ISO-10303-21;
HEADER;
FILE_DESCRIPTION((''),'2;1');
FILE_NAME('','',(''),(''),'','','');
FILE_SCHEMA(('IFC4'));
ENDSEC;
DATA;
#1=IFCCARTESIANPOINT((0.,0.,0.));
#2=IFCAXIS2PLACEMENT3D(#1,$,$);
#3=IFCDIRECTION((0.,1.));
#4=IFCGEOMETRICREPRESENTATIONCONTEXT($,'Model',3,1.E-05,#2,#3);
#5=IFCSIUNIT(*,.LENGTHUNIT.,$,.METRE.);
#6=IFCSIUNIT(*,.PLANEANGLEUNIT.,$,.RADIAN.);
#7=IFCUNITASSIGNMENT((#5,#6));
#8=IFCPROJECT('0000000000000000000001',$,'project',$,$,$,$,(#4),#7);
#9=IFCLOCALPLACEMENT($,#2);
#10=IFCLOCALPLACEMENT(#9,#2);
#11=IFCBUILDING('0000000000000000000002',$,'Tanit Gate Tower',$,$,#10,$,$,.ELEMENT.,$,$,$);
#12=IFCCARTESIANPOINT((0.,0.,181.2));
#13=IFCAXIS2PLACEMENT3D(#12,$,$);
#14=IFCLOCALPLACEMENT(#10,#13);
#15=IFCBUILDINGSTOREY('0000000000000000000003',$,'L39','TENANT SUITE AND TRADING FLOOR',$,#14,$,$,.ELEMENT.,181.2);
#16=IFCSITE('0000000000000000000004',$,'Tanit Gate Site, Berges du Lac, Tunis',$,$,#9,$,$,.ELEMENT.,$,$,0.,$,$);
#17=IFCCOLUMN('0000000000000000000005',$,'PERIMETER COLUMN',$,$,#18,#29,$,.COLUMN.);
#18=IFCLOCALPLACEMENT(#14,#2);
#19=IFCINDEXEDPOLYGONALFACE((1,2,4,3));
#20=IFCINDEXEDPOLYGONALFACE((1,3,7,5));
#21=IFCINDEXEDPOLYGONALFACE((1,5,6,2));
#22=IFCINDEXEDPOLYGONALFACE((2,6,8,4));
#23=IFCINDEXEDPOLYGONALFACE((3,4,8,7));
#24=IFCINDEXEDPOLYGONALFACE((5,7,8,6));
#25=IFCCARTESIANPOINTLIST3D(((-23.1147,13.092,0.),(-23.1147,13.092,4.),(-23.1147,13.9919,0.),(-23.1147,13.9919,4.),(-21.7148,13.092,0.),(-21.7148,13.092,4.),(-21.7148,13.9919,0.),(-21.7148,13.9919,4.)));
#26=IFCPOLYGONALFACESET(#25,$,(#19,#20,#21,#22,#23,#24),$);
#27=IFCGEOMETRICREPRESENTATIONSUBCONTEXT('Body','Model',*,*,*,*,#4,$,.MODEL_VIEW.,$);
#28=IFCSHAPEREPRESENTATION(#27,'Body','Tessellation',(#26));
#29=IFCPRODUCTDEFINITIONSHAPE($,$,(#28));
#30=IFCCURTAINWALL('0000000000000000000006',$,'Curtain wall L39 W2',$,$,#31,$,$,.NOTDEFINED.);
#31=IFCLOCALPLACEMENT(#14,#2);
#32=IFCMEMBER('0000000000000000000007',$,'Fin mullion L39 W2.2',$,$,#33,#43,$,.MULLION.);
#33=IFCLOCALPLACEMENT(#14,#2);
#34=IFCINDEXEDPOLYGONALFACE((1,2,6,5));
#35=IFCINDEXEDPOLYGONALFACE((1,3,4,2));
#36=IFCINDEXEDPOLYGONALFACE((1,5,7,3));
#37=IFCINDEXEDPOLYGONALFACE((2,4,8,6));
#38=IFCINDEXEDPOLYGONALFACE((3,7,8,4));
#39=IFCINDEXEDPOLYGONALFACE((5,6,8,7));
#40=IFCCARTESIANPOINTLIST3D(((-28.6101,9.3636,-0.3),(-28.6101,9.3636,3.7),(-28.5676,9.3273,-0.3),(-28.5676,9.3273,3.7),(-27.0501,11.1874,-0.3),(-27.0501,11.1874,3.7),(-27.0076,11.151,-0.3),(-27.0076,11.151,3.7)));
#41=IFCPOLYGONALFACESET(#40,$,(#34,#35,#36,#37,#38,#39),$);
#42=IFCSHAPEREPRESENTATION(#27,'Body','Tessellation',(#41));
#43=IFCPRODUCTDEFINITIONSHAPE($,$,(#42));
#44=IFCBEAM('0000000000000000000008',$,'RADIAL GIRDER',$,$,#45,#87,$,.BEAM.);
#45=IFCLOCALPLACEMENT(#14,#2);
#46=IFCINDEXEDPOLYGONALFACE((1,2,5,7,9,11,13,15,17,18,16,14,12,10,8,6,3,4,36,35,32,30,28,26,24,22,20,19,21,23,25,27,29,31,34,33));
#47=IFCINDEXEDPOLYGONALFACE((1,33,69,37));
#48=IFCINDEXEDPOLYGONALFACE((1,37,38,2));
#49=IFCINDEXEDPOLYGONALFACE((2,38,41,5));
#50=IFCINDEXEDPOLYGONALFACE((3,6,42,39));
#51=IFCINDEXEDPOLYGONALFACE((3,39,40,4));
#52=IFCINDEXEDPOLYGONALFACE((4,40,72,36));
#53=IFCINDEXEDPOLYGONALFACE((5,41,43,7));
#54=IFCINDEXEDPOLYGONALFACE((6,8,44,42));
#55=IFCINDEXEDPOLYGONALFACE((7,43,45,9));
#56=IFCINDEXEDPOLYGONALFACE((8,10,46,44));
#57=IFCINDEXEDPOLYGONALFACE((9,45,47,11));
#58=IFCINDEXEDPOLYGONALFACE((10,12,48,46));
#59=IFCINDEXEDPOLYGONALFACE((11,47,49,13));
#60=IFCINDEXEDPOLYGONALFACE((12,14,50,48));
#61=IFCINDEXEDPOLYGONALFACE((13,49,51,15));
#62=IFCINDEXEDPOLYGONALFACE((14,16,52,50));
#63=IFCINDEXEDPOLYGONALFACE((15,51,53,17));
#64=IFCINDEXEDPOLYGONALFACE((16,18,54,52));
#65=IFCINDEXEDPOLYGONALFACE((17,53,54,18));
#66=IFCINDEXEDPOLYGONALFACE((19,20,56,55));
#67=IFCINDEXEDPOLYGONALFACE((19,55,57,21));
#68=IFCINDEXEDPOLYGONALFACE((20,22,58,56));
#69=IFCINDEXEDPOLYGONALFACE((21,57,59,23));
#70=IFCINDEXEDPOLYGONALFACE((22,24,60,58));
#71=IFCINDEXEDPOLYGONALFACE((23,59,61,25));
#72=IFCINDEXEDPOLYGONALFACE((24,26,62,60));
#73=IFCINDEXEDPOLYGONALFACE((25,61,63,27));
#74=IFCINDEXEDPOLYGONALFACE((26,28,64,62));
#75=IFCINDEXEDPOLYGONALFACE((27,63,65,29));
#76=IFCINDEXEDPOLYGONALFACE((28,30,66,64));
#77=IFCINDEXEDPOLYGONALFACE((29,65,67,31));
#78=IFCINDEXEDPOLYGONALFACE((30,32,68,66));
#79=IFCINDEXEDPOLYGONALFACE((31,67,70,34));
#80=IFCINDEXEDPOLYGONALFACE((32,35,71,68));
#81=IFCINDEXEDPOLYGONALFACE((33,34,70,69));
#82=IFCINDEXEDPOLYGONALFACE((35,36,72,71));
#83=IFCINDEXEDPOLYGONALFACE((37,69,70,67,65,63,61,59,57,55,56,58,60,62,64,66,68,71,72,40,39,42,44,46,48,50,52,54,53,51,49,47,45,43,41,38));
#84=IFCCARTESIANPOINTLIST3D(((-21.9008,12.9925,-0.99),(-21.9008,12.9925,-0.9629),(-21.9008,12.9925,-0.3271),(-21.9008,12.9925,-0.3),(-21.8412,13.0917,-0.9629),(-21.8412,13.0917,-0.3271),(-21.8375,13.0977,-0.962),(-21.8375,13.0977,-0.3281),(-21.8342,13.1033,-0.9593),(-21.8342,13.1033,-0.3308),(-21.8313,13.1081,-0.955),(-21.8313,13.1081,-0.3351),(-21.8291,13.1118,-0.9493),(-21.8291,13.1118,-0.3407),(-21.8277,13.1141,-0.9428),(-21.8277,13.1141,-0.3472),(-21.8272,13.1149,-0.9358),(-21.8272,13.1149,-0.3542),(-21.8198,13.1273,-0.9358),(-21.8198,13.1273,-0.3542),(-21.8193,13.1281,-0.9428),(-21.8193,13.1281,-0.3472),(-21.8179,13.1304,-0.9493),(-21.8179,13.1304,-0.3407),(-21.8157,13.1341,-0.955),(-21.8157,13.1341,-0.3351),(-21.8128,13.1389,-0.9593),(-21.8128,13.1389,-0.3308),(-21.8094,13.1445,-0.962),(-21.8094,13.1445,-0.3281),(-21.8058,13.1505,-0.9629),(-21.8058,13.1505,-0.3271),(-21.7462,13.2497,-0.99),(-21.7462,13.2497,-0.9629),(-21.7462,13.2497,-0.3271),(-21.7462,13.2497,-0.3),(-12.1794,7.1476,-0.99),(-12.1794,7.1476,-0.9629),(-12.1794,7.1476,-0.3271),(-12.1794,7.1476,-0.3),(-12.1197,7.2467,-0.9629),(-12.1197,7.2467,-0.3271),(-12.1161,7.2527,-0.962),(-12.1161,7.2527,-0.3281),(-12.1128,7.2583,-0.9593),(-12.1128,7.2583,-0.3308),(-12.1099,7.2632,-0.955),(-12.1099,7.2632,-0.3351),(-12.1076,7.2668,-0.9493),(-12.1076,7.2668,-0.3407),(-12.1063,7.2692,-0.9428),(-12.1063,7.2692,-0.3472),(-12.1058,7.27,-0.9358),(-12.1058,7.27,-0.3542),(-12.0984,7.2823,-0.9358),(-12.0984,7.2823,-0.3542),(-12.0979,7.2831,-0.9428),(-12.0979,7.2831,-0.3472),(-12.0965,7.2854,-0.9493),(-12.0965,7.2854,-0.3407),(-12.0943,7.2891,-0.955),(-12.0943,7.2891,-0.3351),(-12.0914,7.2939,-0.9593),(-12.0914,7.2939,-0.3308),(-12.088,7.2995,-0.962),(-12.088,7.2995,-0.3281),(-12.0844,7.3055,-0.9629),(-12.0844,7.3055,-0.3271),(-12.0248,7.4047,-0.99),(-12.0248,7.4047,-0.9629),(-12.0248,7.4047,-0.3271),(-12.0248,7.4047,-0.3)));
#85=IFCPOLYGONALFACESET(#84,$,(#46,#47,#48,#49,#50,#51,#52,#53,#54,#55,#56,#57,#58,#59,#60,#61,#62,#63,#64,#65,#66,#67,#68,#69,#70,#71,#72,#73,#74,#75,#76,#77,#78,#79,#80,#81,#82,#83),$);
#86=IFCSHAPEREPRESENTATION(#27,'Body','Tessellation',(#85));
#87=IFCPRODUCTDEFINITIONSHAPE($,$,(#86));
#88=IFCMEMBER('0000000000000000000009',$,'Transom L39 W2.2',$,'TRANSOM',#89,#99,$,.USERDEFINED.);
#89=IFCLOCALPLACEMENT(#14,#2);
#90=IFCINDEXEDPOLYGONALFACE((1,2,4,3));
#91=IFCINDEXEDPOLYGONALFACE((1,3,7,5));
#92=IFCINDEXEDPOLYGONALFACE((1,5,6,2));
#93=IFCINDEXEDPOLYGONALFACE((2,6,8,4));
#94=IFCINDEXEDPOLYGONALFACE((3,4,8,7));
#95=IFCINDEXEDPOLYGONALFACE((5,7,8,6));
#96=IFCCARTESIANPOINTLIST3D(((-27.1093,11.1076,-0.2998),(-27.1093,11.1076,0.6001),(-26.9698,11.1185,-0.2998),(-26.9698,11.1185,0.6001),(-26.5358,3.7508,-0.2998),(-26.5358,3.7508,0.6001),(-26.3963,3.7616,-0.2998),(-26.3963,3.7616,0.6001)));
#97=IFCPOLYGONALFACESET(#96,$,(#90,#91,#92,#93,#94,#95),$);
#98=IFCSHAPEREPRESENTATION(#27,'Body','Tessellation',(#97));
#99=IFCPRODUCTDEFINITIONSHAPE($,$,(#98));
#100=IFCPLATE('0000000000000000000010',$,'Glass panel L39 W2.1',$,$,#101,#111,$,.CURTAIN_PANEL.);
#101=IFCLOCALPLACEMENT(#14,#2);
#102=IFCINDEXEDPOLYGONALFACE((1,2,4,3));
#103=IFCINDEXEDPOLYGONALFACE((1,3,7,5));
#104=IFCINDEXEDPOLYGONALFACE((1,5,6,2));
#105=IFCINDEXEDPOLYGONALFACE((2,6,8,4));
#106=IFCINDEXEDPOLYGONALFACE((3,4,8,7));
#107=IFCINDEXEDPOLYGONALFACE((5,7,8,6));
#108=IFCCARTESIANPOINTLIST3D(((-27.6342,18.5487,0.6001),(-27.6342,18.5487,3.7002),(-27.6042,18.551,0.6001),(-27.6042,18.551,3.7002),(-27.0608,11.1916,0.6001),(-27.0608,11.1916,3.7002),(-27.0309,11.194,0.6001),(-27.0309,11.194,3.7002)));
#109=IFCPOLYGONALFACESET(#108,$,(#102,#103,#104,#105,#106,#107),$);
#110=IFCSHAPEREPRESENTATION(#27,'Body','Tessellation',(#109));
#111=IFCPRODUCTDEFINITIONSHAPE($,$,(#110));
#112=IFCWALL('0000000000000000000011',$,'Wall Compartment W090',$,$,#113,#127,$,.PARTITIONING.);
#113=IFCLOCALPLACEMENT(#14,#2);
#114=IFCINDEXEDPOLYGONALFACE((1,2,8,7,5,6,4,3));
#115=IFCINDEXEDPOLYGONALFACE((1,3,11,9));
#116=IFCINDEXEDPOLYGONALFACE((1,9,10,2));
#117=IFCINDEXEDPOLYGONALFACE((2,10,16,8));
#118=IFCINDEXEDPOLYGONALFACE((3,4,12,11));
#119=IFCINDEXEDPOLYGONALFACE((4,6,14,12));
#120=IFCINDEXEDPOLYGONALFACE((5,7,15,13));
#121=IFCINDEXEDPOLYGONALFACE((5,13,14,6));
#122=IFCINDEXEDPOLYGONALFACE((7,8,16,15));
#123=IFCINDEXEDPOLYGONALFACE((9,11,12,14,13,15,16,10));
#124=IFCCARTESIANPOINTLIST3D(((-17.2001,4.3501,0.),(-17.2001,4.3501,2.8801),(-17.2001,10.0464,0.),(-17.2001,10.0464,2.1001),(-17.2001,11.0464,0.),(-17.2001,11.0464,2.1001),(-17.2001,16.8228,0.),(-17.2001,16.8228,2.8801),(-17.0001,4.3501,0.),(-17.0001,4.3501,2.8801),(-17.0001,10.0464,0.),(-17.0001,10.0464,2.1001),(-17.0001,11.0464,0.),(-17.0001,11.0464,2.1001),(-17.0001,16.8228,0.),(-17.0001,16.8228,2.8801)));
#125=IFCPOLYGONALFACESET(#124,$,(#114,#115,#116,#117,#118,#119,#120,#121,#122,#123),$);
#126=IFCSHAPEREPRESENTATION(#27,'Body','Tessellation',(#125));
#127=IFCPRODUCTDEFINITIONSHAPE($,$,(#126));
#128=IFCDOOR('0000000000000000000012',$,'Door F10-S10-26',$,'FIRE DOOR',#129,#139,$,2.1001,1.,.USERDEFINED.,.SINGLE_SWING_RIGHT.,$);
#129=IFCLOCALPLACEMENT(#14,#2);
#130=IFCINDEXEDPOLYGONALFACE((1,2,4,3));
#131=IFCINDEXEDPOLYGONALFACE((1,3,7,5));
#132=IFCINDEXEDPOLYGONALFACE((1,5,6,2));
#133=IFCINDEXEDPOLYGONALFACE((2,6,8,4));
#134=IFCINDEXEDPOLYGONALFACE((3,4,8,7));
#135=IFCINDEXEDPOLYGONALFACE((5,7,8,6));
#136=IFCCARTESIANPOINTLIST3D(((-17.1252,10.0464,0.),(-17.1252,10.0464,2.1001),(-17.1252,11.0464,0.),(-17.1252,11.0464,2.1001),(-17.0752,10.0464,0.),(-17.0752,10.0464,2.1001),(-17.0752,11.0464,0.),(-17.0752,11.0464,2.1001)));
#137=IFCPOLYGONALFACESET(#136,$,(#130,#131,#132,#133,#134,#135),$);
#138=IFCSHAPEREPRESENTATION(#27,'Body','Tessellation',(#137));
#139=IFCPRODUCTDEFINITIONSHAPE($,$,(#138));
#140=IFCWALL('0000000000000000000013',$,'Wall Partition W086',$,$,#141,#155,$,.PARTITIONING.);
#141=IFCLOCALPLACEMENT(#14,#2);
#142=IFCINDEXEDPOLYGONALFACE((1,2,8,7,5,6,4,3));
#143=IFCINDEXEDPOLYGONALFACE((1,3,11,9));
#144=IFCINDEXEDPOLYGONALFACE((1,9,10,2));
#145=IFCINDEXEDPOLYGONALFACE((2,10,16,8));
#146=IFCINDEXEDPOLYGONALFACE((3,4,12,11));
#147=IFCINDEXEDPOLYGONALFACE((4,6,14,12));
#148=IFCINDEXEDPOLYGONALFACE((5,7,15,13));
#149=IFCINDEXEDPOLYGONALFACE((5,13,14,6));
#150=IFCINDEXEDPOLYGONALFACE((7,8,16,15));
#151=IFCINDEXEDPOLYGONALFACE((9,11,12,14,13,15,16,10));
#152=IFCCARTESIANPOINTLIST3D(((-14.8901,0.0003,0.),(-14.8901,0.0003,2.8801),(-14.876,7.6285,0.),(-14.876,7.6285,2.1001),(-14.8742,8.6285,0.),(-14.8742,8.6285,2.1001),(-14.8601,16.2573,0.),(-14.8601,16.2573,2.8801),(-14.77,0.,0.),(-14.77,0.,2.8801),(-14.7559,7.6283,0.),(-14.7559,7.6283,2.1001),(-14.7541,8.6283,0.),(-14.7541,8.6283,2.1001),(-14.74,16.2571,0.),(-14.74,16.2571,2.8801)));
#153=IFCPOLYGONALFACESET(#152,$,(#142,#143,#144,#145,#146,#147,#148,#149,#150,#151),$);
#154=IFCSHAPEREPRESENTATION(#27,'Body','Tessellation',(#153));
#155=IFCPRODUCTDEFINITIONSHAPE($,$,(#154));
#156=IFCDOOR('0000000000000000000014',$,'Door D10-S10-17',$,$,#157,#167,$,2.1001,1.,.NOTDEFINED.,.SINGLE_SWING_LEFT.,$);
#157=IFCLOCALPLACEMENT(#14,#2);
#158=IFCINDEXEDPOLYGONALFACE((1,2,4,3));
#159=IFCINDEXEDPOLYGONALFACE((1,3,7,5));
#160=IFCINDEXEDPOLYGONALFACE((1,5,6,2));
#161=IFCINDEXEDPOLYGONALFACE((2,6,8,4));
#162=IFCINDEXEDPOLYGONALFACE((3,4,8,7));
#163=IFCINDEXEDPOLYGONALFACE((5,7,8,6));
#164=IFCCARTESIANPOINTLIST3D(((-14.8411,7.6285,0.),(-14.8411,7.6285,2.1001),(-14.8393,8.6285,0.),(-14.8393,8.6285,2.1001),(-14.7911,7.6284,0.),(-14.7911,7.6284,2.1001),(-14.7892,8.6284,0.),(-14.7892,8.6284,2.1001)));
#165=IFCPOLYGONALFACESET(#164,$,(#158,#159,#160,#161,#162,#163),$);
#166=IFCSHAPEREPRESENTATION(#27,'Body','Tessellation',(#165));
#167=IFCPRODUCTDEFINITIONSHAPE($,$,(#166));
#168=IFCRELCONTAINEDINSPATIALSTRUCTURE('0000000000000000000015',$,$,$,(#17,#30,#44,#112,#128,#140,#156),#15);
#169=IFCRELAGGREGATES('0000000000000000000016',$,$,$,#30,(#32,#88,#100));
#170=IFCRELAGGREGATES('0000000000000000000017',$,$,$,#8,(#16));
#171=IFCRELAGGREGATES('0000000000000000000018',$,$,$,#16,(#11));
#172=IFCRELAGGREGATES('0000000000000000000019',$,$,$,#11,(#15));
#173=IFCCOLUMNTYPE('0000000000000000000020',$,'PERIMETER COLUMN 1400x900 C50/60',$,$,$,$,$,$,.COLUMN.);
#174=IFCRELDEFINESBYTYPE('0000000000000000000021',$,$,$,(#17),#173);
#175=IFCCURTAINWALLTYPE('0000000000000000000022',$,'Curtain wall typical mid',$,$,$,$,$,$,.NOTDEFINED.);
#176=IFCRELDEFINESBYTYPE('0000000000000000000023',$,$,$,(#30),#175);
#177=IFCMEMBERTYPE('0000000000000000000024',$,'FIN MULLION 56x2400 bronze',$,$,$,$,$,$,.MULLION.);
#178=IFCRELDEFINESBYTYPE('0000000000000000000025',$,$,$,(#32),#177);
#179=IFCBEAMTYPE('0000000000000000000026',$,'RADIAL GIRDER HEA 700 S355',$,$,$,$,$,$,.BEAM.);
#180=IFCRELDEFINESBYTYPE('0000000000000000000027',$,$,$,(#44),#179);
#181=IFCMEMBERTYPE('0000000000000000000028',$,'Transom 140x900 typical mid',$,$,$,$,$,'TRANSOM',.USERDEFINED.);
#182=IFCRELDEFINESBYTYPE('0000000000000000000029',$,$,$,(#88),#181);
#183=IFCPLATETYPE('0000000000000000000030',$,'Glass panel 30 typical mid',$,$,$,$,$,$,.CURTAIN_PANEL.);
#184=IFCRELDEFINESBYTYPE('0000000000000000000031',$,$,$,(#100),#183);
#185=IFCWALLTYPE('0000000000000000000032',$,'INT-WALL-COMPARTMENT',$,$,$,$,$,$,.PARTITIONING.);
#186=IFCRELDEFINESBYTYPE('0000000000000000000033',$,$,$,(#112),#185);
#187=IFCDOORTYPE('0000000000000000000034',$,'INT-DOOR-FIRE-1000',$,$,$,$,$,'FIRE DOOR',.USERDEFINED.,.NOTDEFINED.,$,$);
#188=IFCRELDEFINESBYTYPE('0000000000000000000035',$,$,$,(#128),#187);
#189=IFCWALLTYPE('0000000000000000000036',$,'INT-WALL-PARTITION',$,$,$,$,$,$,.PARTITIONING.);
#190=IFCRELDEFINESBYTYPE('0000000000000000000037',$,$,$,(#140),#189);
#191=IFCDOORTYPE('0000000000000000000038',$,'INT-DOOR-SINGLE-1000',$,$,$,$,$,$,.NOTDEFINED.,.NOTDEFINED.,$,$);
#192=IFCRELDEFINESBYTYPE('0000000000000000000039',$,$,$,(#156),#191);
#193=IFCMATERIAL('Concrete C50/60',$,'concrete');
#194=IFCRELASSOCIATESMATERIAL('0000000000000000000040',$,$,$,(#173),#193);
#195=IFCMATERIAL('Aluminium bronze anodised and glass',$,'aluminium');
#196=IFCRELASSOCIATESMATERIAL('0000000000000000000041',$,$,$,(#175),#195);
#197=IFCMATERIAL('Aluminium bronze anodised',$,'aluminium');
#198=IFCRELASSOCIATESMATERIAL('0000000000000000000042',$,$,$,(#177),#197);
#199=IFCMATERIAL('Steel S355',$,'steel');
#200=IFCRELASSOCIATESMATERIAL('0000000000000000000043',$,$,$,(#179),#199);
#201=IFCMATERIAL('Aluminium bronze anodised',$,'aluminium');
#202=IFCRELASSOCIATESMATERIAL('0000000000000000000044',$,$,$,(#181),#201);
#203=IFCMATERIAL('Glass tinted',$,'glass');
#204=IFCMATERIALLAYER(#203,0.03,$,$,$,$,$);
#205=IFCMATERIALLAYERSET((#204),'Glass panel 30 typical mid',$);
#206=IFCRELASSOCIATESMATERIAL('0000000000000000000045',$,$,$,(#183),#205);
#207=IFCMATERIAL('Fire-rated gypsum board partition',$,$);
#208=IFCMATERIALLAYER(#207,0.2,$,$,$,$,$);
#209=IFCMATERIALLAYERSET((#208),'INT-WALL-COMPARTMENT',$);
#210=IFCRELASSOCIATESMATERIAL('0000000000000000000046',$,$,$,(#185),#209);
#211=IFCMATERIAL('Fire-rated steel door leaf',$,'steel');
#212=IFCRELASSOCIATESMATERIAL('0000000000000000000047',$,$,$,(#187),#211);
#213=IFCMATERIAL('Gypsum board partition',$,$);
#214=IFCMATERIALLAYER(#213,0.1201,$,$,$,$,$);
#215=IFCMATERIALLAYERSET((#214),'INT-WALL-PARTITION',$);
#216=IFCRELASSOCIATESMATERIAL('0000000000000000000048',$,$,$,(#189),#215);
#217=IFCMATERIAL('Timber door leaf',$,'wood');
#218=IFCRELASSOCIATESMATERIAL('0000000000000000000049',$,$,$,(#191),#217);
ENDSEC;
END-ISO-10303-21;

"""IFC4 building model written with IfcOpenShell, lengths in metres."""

from ifc_helpers import new_model, si_unit, direction, frame, frame_2d, origin, origin_2d, place, context, subcontext, project, spatial, rectangle, i_section, extrude, material, layer, layer_set, material_profile, profile_set, type_object, element, fill, aggregate, save


model = new_model("IFC4")

# Units and contexts
model_context = context("Model", 3, precision=1e-05, world=origin(), true_north=direction((0.0, 1.0)))
body_context = subcontext(model_context, "Body", "Model", "MODEL_VIEW")
ifc_project = project(units=[si_unit("LENGTHUNIT", "METRE"), si_unit("PLANEANGLEUNIT", "RADIAN")], contexts=[model_context])

# Site, building, storey
site_placement = place(None, origin())
site = spatial("IfcSite", under=ifc_project, at=site_placement, Name="Tanit Gate Site, Berges du Lac, Tunis", CompositionType="ELEMENT", RefElevation=0.0)
building_placement = place(site_placement, origin())
building = spatial("IfcBuilding", under=site, at=building_placement, Name="Tanit Gate Tower", CompositionType="ELEMENT")
storey_placement = place(building_placement, frame((0.0, 0.0, 181.2)))
storey = spatial("IfcBuildingStorey", under=building, at=storey_placement, Name="L39", Description="TENANT SUITE AND TRADING FLOOR", CompositionType="ELEMENT", Elevation=181.2)

# Column
ifc_material_1 = material(Name="Concrete C50/60", Category="concrete")
ifc_material_profile_1 = material_profile(ifc_material_1, rectangle(XDim=1.3999, YDim=0.8999, at=origin_2d()), Name="RC 1400x900")
ifc_profile_set_1 = profile_set([ifc_material_profile_1], Name="Concrete C50/60")
column_type = type_object("IfcColumnType", Name="PERIMETER COLUMN 1400x900 C50/60", PredefinedType="COLUMN", material=ifc_profile_set_1)
column_placement = place(storey_placement, frame((-22.4148, 13.542, 0.0), z_axis=(0.0, 0.0, 1.0), x_axis=(-1.0, 0.0, 0.0)))
element("IfcColumn", 1, at=column_placement, inside=storey, type_object=column_type, Name="PERIMETER COLUMN", PredefinedType="COLUMN", context=body_context, shape_type="SweptSolid", body=[
    extrude(rectangle(XDim=1.3999, YDim=0.8999, at=origin_2d()), origin(), (0.0, 0.0, 1.0), 4.0),
])

# Curtain wall, member
ifc_material_2 = material(Name="Aluminium bronze anodised and glass", Category="aluminium")
curtain_wall_type = type_object("IfcCurtainWallType", Name="Curtain wall typical mid", PredefinedType="NOTDEFINED", material=ifc_material_2)
curtain_wall_placement = place(storey_placement, origin())
curtain_wall = element("IfcCurtainWall", 2, at=curtain_wall_placement, inside=storey, type_object=curtain_wall_type, Name="Curtain wall L39 W2", PredefinedType="NOTDEFINED")
ifc_material_3 = material(Name="Aluminium bronze anodised", Category="aluminium")
ifc_material_profile_2 = material_profile(ifc_material_3, rectangle(XDim=2.3999, YDim=0.0559, at=origin_2d()), Name="56x2400 bronze fin mullion")
ifc_profile_set_2 = profile_set([ifc_material_profile_2], Name="Aluminium bronze anodised")
member_type_1 = type_object("IfcMemberType", Name="FIN MULLION 56x2400 bronze", PredefinedType="MULLION", material=ifc_profile_set_2)
member_1_placement = place(storey_placement, frame((-27.8088, 10.2573, -0.3), z_axis=(0.0, 0.0, 1.0), x_axis=(0.650026, 0.759912, 0.0)))
member_1 = element("IfcMember", 3, at=member_1_placement, type_object=member_type_1, Name="Fin mullion L39 W2.2", PredefinedType="MULLION", context=body_context, shape_type="SweptSolid", body=[
    extrude(rectangle(XDim=2.3999, YDim=0.0559, at=origin_2d()), origin(), (0.0, 0.0, 1.0), 4.0),
])

# Beam
ifc_material_4 = material(Name="Steel S355", Category="steel")
ifc_material_profile_3 = material_profile(ifc_material_4, i_section(OverallWidth=0.3, OverallDepth=0.6899, WebThickness=0.0144, FlangeThickness=0.0271, FilletRadius=0.0271, at=origin_2d()), Name="HEA 700")
ifc_profile_set_3 = profile_set([ifc_material_profile_3], Name="Steel S355")
beam_type = type_object("IfcBeamType", Name="RADIAL GIRDER HEA 700 S355", PredefinedType="BEAM", material=ifc_profile_set_3)
beam_placement = place(storey_placement, frame((-21.8235, 13.1211, -0.645), z_axis=(0.857022, -0.51528, 0.0), x_axis=(0.51528, 0.857022, 0.0)))
element("IfcBeam", 4, at=beam_placement, inside=storey, type_object=beam_type, Name="RADIAL GIRDER", PredefinedType="BEAM", context=body_context, shape_type="SweptSolid", body=[
    extrude(i_section(OverallWidth=0.3, OverallDepth=0.6899, WebThickness=0.0144, FlangeThickness=0.0271, FilletRadius=0.0271, at=origin_2d()), origin(), (0.0, 0.0, 1.0), 11.3433),
])

# Member
ifc_material_5 = material(Name="Aluminium bronze anodised", Category="aluminium")
ifc_material_profile_4 = material_profile(ifc_material_5, rectangle(XDim=0.1399, YDim=0.8999, at=origin_2d()), Name="140x900 bronze transom")
ifc_profile_set_4 = profile_set([ifc_material_profile_4], Name="Aluminium bronze anodised")
member_type_2 = type_object("IfcMemberType", Name="Transom 140x900 typical mid", ElementType="TRANSOM", PredefinedType="USERDEFINED", material=ifc_profile_set_4)
member_2_placement = place(storey_placement, frame((-27.0396, 11.113, 0.1501), z_axis=(0.077716, -0.996976, 0.0), x_axis=(0.996976, 0.077716, 0.0)))
member_2 = element("IfcMember", 5, at=member_2_placement, type_object=member_type_2, Name="Transom L39 W2.2", ObjectType="TRANSOM", PredefinedType="USERDEFINED", context=body_context, shape_type="SweptSolid", body=[
    extrude(rectangle(XDim=0.1399, YDim=0.8999, at=origin_2d()), origin(), (0.0, 0.0, 1.0), 7.3792),
])

# Plate
ifc_material_6 = material(Name="Glass tinted", Category="glass")
ifc_layer_1 = layer(ifc_material_6, 0.03)
ifc_layer_set_1 = layer_set([ifc_layer_1], Name="Glass panel 30 typical mid")
plate_type = type_object("IfcPlateType", Name="Glass panel 30 typical mid", PredefinedType="CURTAIN_PANEL", material=ifc_layer_set_1)
plate_placement = place(storey_placement, frame((-27.3325, 14.8713, 0.6001), z_axis=(0.0, 0.0, 1.0), x_axis=(0.077701, -0.996977, 0.0)))
plate = element("IfcPlate", 6, at=plate_placement, type_object=plate_type, Name="Glass panel L39 W2.1", PredefinedType="CURTAIN_PANEL", context=body_context, shape_type="SweptSolid", body=[
    extrude(rectangle(XDim=7.3794, YDim=0.03, at=origin_2d()), origin(), (0.0, 0.0, 1.0), 3.1001),
])
aggregate(curtain_wall, [member_1, member_2, plate])

# Walls, openings, doors
ifc_material_7 = material(Name="Fire-rated gypsum board partition")
ifc_layer_2 = layer(ifc_material_7, 0.2)
ifc_layer_set_2 = layer_set([ifc_layer_2], Name="INT-WALL-COMPARTMENT")
wall_type_1 = type_object("IfcWallType", Name="INT-WALL-COMPARTMENT", PredefinedType="PARTITIONING", material=ifc_layer_set_2)
wall_1_placement = place(storey_placement, frame((-17.1001, 16.8228, 0.0), z_axis=(0.0, 0.0, 1.0), x_axis=(0.0, -1.0, 0.0)))
wall_1 = element("IfcWall", 7, at=wall_1_placement, inside=storey, type_object=wall_type_1, Name="Wall Compartment W090", PredefinedType="PARTITIONING", context=body_context, shape_type="SweptSolid", body=[
    extrude(rectangle(XDim=12.4727, YDim=0.2, at=frame_2d((6.2363, 0.0))), origin(), (0.0, 0.0, 1.0), 2.8801),
])
opening_1_placement = place(wall_1_placement, frame((5.7764, 0.0, 0.0)))
opening_1 = element("IfcOpeningElement", 8, at=opening_1_placement, cuts=wall_1, PredefinedType="OPENING", context=body_context, shape_type="SweptSolid", body=[
    extrude(rectangle(XDim=1.0, YDim=2.1001, at=frame_2d((0.5, 1.05))), frame((0.0, 0.1099, 0.0), z_axis=(0.0, -1.0, 0.0), x_axis=(1.0, 0.0, 0.0)), (0.0, 0.0, 1.0), 0.22),
])
ifc_material_8 = material(Name="Fire-rated steel door leaf", Category="steel")
door_type_1 = type_object("IfcDoorType", Name="INT-DOOR-FIRE-1000", ElementType="FIRE DOOR", OperationType="NOTDEFINED", PredefinedType="USERDEFINED", material=ifc_material_8)
door_1_placement = place(opening_1_placement, origin())
door_1 = element("IfcDoor", 9, at=door_1_placement, inside=storey, type_object=door_type_1, Name="Door F10-S10-26", ObjectType="FIRE DOOR", OperationType="SINGLE_SWING_RIGHT", OverallHeight=2.1001, OverallWidth=1.0, PredefinedType="USERDEFINED", context=body_context, shape_type="SweptSolid", body=[
    extrude(rectangle(XDim=1.0, YDim=2.1001, at=frame_2d((0.5, 1.05))), frame((0.0, 0.0249, 0.0), z_axis=(0.0, -1.0, 0.0), x_axis=(1.0, 0.0, 0.0)), (0.0, 0.0, 1.0), 0.05),
])
fill(opening_1, door_1)
ifc_material_9 = material(Name="Gypsum board partition")
ifc_layer_3 = layer(ifc_material_9, 0.1201)
ifc_layer_set_3 = layer_set([ifc_layer_3], Name="INT-WALL-PARTITION")
wall_type_2 = type_object("IfcWallType", Name="INT-WALL-PARTITION", PredefinedType="PARTITIONING", material=ifc_layer_set_3)
wall_2_placement = place(storey_placement, frame((-14.8, 16.2571, 0.0), z_axis=(0.0, 0.0, 1.0), x_axis=(-0.001847, -0.999998, 0.0)))
wall_2 = element("IfcWall", 10, at=wall_2_placement, inside=storey, type_object=wall_type_2, Name="Wall Partition W086", PredefinedType="PARTITIONING", context=body_context, shape_type="SweptSolid", body=[
    extrude(rectangle(XDim=16.2571, YDim=0.1201, at=frame_2d((8.1284, 0.0))), origin(), (0.0, 0.0, 1.0), 2.8801),
])
opening_2_placement = place(wall_2_placement, frame((7.6287, 0.0, 0.0)))
opening_2 = element("IfcOpeningElement", 11, at=opening_2_placement, cuts=wall_2, PredefinedType="OPENING", context=body_context, shape_type="SweptSolid", body=[
    extrude(rectangle(XDim=1.0, YDim=2.1001, at=frame_2d((0.5, 1.05))), frame((0.0, 0.0701, 0.0), z_axis=(0.0, -1.0, 0.0), x_axis=(1.0, 0.0, 0.0)), (0.0, 0.0, 1.0), 0.1401),
])
ifc_material_10 = material(Name="Timber door leaf", Category="wood")
door_type_2 = type_object("IfcDoorType", Name="INT-DOOR-SINGLE-1000", OperationType="NOTDEFINED", PredefinedType="NOTDEFINED", material=ifc_material_10)
door_2_placement = place(opening_2_placement, origin())
door_2 = element("IfcDoor", 12, at=door_2_placement, inside=storey, type_object=door_type_2, Name="Door D10-S10-17", OperationType="SINGLE_SWING_LEFT", OverallHeight=2.1001, OverallWidth=1.0, PredefinedType="NOTDEFINED", context=body_context, shape_type="SweptSolid", body=[
    extrude(rectangle(XDim=1.0, YDim=2.1001, at=frame_2d((0.5, 1.05))), frame((0.0, 0.0249, 0.0), z_axis=(0.0, -1.0, 0.0), x_axis=(1.0, 0.0, 0.0)), (0.0, 0.0, 1.0), 0.05),
])
fill(opening_2, door_2)

save(model, "model.ifc")
